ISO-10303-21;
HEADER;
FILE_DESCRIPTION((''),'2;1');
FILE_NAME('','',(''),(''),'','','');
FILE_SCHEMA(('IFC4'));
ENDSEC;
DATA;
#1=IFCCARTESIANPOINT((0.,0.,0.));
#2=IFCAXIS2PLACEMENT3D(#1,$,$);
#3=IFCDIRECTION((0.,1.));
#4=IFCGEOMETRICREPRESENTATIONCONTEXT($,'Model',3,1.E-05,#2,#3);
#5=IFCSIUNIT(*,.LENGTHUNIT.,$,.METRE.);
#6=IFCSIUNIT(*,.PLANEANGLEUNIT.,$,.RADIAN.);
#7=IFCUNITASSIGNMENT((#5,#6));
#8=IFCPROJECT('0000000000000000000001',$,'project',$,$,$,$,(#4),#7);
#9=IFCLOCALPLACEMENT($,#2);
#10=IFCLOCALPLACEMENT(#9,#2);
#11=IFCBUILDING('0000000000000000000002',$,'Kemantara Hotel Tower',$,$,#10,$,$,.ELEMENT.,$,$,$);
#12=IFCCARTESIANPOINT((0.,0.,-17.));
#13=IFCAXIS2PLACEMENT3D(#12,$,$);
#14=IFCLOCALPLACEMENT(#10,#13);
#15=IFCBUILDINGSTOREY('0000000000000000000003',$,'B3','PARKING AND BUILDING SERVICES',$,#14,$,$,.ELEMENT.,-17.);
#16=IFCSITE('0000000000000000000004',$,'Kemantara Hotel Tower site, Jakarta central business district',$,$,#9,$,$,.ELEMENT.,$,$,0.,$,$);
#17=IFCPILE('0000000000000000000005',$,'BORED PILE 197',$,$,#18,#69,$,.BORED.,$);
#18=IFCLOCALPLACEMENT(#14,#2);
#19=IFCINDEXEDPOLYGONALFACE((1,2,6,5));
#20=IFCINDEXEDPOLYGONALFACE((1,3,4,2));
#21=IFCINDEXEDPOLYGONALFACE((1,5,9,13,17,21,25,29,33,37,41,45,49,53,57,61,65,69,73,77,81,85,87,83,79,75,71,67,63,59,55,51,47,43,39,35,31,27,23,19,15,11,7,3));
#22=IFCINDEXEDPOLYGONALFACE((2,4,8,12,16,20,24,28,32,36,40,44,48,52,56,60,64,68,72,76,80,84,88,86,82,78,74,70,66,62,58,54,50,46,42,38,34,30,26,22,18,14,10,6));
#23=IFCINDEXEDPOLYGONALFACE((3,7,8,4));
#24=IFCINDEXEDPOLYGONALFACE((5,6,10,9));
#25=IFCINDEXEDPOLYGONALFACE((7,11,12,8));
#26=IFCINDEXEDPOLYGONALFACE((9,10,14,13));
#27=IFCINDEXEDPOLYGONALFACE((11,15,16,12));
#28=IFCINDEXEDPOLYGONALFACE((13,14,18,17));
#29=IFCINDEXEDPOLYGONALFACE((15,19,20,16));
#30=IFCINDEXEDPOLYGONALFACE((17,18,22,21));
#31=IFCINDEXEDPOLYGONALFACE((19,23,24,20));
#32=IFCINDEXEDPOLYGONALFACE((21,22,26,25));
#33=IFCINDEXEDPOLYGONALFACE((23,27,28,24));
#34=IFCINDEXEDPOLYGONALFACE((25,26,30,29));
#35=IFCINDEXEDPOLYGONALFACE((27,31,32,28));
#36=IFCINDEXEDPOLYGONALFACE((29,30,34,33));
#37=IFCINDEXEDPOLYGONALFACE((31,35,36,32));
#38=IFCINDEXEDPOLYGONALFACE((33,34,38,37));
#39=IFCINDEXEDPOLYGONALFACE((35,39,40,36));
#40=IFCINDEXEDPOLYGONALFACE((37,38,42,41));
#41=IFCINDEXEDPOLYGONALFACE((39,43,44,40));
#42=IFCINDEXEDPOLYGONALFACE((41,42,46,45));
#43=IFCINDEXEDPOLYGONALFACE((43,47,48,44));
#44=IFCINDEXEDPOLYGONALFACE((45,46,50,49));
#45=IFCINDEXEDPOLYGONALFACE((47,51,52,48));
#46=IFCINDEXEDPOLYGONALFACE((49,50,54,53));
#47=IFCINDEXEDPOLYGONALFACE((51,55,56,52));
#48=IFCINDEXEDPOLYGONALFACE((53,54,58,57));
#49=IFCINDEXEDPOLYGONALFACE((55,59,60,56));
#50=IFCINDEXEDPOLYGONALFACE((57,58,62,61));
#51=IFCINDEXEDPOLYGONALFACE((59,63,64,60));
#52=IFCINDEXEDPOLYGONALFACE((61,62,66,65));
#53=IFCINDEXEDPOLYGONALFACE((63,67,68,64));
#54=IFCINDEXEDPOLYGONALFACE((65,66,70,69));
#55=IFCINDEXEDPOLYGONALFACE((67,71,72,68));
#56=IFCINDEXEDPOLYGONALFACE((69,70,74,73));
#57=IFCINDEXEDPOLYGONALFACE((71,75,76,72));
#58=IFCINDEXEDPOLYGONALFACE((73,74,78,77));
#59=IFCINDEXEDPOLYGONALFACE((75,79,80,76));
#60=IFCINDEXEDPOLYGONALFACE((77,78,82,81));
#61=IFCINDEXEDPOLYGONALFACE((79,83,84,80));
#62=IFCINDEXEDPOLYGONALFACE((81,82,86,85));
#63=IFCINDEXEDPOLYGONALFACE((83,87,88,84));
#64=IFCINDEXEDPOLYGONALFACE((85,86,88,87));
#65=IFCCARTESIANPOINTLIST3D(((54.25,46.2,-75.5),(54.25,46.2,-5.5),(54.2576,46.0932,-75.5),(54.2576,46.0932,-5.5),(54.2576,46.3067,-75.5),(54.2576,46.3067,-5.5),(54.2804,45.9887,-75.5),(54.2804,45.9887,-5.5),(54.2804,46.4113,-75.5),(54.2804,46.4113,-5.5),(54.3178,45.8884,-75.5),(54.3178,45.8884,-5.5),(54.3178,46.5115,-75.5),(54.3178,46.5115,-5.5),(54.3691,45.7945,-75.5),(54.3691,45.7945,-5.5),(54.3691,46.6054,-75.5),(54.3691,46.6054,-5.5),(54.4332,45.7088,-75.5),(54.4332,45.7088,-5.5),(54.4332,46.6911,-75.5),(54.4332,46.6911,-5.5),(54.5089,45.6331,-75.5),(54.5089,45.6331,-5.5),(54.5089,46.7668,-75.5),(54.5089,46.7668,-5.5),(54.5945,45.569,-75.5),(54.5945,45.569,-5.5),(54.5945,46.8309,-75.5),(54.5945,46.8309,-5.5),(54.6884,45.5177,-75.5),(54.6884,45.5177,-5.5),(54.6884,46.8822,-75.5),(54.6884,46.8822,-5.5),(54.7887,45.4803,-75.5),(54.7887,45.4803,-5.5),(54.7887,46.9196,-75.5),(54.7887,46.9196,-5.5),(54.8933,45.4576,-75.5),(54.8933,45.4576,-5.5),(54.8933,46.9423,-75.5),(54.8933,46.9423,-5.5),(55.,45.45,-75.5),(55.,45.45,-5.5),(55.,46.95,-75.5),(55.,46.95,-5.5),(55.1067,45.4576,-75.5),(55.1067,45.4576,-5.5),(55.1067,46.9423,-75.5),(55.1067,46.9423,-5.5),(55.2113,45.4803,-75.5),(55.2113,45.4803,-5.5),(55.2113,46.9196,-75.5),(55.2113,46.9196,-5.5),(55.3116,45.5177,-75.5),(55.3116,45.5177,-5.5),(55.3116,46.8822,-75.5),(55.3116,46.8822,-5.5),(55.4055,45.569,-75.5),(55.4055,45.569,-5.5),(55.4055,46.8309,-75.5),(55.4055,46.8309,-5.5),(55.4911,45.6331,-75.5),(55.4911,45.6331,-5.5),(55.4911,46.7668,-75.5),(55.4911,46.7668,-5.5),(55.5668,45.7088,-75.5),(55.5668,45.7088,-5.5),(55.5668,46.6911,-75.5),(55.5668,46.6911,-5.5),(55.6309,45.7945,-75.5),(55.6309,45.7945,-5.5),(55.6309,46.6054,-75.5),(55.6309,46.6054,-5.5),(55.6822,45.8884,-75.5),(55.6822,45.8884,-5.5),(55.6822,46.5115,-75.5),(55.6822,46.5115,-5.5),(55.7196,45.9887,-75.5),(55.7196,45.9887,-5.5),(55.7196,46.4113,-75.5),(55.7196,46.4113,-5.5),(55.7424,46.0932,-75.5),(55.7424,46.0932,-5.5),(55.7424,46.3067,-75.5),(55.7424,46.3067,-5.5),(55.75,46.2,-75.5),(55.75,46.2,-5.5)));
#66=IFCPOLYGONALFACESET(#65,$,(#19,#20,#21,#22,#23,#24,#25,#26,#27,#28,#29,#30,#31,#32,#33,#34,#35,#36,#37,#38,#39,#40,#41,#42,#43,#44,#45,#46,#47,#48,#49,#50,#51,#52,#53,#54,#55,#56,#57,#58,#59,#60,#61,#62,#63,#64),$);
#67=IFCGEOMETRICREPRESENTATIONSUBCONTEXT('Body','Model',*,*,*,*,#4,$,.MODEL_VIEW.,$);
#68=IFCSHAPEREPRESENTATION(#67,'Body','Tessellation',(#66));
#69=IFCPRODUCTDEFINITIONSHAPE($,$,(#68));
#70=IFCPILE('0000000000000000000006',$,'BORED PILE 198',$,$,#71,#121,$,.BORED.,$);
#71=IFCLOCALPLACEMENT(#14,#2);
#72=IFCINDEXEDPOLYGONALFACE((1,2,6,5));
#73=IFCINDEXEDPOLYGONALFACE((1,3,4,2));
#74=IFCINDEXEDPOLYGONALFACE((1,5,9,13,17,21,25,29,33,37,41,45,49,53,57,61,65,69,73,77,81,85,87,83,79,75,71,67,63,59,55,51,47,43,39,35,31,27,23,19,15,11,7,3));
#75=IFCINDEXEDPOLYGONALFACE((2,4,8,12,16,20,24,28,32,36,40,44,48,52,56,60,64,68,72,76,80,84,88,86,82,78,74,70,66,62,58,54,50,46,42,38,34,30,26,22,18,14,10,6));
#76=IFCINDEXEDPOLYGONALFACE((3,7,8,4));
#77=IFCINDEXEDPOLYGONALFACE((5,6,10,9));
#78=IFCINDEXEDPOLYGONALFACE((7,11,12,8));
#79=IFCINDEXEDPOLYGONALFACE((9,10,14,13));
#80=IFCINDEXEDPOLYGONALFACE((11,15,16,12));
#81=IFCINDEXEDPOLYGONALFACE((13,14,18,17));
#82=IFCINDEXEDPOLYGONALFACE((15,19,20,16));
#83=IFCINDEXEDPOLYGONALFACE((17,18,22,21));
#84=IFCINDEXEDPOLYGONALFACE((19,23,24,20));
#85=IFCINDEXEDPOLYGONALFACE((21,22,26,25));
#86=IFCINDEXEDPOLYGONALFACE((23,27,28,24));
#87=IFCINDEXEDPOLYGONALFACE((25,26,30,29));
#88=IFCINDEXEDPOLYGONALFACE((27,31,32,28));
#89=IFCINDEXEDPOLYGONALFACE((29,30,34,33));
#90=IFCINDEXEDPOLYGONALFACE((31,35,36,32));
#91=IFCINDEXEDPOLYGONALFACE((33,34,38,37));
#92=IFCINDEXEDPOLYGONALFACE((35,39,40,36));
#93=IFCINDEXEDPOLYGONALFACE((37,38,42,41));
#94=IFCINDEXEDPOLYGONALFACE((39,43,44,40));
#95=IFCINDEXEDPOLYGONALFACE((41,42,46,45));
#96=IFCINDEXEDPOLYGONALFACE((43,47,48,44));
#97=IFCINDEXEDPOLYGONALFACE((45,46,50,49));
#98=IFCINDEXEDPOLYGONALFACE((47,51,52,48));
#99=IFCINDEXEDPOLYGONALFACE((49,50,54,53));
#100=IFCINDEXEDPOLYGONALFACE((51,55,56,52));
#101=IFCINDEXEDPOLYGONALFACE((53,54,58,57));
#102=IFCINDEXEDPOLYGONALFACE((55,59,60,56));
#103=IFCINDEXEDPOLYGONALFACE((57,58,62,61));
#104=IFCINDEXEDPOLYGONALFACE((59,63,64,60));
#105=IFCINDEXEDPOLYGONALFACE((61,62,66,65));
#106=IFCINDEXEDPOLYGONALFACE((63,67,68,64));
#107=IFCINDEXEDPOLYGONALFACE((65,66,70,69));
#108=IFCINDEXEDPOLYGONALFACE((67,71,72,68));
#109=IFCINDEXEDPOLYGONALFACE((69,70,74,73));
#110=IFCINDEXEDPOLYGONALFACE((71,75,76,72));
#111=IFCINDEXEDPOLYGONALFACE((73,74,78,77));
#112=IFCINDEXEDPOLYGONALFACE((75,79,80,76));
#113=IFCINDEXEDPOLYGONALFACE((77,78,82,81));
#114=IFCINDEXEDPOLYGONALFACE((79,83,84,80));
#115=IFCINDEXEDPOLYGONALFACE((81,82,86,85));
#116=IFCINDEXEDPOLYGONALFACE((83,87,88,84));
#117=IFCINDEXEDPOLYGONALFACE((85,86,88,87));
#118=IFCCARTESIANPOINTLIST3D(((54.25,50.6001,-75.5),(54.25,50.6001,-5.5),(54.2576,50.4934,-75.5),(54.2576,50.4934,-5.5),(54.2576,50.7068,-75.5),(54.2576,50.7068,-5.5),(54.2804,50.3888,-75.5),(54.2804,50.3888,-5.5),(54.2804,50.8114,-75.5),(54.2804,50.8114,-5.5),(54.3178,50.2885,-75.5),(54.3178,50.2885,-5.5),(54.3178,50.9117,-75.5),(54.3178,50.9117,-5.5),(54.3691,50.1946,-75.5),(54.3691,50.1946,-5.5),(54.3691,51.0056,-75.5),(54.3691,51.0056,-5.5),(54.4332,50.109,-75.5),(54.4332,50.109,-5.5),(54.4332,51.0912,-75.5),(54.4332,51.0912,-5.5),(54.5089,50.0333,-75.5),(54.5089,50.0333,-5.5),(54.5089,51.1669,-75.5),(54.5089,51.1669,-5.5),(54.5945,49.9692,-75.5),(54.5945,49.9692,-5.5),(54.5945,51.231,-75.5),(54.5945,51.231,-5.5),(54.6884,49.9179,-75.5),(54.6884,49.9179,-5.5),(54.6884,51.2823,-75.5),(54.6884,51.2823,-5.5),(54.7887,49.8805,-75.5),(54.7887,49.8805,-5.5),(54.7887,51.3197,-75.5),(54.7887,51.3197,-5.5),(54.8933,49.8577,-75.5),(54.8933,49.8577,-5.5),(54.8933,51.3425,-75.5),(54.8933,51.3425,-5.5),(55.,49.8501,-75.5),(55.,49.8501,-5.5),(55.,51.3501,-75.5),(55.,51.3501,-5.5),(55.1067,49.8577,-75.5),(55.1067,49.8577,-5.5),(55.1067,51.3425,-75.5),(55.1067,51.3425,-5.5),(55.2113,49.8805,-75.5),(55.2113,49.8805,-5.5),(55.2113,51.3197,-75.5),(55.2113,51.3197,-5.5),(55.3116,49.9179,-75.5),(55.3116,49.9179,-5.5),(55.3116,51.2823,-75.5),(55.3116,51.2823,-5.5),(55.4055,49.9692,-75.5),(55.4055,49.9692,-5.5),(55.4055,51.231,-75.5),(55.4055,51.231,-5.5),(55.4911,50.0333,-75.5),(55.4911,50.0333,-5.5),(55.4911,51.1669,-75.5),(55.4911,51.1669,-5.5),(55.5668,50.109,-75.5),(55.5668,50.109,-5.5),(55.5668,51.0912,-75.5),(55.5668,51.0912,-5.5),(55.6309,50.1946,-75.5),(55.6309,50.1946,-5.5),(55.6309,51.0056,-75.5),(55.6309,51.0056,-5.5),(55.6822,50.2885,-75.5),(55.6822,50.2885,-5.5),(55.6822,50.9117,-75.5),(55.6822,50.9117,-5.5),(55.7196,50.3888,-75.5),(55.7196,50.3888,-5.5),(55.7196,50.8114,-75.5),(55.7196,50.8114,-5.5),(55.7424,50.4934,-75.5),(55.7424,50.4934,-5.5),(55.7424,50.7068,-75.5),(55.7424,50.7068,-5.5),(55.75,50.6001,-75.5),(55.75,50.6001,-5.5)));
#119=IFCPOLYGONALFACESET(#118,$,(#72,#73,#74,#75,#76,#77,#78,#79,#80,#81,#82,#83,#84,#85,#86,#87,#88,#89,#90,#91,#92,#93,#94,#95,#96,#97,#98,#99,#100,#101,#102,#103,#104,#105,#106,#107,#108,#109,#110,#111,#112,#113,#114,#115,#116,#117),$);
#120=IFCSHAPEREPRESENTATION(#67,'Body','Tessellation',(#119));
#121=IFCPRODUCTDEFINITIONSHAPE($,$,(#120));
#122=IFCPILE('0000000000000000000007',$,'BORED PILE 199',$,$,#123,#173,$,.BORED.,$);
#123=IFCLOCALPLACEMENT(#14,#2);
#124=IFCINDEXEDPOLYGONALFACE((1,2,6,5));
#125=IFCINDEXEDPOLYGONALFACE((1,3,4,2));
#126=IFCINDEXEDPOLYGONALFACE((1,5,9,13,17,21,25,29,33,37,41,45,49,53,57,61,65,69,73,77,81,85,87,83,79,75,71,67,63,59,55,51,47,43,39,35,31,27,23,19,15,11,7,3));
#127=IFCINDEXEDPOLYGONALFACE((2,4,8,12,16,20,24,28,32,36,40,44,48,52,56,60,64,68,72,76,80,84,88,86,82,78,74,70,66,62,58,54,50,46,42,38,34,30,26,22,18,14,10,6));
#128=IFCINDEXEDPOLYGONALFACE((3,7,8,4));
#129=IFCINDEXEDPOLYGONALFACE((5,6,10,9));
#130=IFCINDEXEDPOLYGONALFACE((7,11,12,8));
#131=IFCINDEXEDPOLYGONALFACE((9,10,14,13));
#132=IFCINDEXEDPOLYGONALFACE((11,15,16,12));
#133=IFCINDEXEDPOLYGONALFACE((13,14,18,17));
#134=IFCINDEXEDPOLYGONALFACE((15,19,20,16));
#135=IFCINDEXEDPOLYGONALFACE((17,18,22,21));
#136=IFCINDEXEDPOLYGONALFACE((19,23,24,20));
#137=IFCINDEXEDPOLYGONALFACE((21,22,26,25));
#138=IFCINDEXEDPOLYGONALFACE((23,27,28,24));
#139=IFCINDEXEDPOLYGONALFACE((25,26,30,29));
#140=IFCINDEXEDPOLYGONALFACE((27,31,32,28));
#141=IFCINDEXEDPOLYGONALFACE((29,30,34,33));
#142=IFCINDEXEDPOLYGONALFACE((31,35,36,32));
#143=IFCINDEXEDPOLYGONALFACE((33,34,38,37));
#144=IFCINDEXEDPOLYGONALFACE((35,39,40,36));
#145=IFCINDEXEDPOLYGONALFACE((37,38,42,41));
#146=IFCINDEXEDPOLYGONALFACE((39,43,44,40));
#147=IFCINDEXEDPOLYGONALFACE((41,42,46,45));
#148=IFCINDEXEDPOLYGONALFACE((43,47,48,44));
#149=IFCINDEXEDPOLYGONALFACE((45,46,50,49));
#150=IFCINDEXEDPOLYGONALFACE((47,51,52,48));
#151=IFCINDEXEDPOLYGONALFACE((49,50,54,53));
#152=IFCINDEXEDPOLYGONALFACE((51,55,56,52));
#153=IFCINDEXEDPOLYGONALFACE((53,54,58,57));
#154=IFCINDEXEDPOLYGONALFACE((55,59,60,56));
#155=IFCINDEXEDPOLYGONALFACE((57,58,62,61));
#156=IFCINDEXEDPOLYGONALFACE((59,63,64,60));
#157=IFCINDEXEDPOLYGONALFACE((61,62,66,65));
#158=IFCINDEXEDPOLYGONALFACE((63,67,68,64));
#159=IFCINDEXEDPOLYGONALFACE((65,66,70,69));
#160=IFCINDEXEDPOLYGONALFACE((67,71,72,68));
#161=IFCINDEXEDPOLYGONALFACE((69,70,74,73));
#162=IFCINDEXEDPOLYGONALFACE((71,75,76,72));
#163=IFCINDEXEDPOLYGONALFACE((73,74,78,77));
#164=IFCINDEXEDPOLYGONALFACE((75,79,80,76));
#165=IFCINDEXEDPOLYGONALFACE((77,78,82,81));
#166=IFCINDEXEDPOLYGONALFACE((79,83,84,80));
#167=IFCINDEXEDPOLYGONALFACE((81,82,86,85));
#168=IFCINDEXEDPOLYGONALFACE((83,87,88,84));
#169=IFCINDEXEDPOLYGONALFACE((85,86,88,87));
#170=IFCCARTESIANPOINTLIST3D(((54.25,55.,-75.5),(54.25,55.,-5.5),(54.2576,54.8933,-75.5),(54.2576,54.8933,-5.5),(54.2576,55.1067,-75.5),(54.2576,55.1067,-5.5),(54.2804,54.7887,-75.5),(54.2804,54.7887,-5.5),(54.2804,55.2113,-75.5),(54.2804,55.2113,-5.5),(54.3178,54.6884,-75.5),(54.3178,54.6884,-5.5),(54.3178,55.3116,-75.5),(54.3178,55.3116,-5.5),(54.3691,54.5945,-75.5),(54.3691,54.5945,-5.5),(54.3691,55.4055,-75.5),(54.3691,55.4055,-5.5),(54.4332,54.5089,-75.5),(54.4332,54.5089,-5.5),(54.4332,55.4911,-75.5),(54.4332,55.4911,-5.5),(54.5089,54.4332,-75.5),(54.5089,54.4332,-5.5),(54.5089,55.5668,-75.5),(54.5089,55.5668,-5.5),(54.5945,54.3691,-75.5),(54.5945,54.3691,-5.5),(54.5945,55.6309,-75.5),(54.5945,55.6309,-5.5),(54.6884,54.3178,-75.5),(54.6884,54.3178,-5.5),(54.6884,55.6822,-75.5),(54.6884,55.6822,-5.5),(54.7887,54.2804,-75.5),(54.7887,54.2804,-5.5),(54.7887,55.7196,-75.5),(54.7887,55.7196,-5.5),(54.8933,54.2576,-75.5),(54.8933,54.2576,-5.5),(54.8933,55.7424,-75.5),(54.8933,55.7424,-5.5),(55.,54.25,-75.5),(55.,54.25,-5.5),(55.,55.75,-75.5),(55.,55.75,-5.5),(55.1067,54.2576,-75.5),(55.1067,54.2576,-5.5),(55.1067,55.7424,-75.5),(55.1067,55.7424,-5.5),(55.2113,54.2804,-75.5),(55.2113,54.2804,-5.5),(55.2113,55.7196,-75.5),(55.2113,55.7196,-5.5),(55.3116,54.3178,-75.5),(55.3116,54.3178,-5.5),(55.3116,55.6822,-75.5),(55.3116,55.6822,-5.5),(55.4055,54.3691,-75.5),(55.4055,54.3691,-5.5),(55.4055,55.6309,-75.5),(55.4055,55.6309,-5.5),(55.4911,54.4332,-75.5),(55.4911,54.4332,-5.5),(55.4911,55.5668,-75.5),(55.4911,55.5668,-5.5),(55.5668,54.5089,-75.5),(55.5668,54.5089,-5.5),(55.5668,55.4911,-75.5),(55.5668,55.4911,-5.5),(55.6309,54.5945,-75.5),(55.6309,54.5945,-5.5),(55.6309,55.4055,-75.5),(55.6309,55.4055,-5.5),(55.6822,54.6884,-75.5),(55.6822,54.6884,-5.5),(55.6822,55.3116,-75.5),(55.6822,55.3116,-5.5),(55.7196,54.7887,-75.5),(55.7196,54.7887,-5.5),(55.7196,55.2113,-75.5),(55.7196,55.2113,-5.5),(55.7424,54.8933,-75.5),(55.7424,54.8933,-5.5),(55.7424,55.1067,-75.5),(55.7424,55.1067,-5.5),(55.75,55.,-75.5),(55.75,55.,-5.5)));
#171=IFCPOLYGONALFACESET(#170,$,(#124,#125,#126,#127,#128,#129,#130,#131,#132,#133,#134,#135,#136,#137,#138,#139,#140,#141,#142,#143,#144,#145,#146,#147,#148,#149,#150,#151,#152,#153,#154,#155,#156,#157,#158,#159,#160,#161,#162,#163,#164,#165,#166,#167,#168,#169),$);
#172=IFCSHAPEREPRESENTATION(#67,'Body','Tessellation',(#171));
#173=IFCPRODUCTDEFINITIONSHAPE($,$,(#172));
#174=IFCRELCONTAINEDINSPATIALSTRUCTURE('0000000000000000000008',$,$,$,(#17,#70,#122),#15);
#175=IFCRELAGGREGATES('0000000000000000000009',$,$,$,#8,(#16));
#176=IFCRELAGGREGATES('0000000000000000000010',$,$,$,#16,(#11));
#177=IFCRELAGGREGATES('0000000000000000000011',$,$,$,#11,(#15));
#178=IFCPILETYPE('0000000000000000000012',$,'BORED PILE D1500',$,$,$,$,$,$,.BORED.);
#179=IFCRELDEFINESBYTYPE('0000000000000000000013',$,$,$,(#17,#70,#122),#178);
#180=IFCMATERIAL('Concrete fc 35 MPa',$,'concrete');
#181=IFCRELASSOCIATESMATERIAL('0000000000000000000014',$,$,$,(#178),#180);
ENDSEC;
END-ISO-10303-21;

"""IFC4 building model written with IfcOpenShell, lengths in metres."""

from ifc_helpers import new_model, si_unit, direction, frame, origin, origin_2d, place, context, subcontext, project, spatial, circle, extrude, material, material_profile, profile_set, type_object, element, save


model = new_model("IFC4")

# Units and contexts
model_context = context("Model", 3, precision=1e-05, world=origin(), true_north=direction((0.0, 1.0)))
body_context = subcontext(model_context, "Body", "Model", "MODEL_VIEW")
ifc_project = project(units=[si_unit("LENGTHUNIT", "METRE"), si_unit("PLANEANGLEUNIT", "RADIAN")], contexts=[model_context])

# Site, building, storey
site_placement = place(None, origin())
site = spatial("IfcSite", under=ifc_project, at=site_placement, Name="Kemantara Hotel Tower site, Jakarta central business district", CompositionType="ELEMENT", RefElevation=0.0)
building_placement = place(site_placement, origin())
building = spatial("IfcBuilding", under=site, at=building_placement, Name="Kemantara Hotel Tower", CompositionType="ELEMENT")
storey_placement = place(building_placement, frame((0.0, 0.0, -17.0)))
storey = spatial("IfcBuildingStorey", under=building, at=storey_placement, Name="B3", Description="PARKING AND BUILDING SERVICES", CompositionType="ELEMENT", Elevation=-17.0)

# Piles
ifc_material_1 = material(Name="Concrete fc 35 MPa", Category="concrete")
ifc_material_profile_1 = material_profile(ifc_material_1, circle(Radius=0.75, at=origin_2d()), Name="BORED PILE D1500")
ifc_profile_set_1 = profile_set([ifc_material_profile_1], Name="Concrete fc 35 MPa")
pile_type = type_object("IfcPileType", Name="BORED PILE D1500", PredefinedType="BORED", material=ifc_profile_set_1)
for number, where, z_axis, x_axis, name in (
    (1, (55.0, 46.2, -5.5), (0.0, 0.0, -1.0), (1.0, 0.0, 0.0), "BORED PILE 197"),
    (2, (55.0, 50.6001, -5.5), (0.0, 0.0, -1.0), (1.0, 0.0, 0.0), "BORED PILE 198"),
    (3, (55.0, 55.0, -5.5), (0.0, 0.0, -1.0), (1.0, 0.0, 0.0), "BORED PILE 199"),
):
    element("IfcPile", number, at=place(storey_placement, frame(where, z_axis=z_axis, x_axis=x_axis)), inside=storey, type_object=pile_type, Name=name, PredefinedType="BORED", context=body_context, shape_type="SweptSolid", body=[
        extrude(circle(Radius=0.75, at=origin_2d()), origin(), (0.0, 0.0, 1.0), 70.0),
    ])

save(model, "model.ifc")
